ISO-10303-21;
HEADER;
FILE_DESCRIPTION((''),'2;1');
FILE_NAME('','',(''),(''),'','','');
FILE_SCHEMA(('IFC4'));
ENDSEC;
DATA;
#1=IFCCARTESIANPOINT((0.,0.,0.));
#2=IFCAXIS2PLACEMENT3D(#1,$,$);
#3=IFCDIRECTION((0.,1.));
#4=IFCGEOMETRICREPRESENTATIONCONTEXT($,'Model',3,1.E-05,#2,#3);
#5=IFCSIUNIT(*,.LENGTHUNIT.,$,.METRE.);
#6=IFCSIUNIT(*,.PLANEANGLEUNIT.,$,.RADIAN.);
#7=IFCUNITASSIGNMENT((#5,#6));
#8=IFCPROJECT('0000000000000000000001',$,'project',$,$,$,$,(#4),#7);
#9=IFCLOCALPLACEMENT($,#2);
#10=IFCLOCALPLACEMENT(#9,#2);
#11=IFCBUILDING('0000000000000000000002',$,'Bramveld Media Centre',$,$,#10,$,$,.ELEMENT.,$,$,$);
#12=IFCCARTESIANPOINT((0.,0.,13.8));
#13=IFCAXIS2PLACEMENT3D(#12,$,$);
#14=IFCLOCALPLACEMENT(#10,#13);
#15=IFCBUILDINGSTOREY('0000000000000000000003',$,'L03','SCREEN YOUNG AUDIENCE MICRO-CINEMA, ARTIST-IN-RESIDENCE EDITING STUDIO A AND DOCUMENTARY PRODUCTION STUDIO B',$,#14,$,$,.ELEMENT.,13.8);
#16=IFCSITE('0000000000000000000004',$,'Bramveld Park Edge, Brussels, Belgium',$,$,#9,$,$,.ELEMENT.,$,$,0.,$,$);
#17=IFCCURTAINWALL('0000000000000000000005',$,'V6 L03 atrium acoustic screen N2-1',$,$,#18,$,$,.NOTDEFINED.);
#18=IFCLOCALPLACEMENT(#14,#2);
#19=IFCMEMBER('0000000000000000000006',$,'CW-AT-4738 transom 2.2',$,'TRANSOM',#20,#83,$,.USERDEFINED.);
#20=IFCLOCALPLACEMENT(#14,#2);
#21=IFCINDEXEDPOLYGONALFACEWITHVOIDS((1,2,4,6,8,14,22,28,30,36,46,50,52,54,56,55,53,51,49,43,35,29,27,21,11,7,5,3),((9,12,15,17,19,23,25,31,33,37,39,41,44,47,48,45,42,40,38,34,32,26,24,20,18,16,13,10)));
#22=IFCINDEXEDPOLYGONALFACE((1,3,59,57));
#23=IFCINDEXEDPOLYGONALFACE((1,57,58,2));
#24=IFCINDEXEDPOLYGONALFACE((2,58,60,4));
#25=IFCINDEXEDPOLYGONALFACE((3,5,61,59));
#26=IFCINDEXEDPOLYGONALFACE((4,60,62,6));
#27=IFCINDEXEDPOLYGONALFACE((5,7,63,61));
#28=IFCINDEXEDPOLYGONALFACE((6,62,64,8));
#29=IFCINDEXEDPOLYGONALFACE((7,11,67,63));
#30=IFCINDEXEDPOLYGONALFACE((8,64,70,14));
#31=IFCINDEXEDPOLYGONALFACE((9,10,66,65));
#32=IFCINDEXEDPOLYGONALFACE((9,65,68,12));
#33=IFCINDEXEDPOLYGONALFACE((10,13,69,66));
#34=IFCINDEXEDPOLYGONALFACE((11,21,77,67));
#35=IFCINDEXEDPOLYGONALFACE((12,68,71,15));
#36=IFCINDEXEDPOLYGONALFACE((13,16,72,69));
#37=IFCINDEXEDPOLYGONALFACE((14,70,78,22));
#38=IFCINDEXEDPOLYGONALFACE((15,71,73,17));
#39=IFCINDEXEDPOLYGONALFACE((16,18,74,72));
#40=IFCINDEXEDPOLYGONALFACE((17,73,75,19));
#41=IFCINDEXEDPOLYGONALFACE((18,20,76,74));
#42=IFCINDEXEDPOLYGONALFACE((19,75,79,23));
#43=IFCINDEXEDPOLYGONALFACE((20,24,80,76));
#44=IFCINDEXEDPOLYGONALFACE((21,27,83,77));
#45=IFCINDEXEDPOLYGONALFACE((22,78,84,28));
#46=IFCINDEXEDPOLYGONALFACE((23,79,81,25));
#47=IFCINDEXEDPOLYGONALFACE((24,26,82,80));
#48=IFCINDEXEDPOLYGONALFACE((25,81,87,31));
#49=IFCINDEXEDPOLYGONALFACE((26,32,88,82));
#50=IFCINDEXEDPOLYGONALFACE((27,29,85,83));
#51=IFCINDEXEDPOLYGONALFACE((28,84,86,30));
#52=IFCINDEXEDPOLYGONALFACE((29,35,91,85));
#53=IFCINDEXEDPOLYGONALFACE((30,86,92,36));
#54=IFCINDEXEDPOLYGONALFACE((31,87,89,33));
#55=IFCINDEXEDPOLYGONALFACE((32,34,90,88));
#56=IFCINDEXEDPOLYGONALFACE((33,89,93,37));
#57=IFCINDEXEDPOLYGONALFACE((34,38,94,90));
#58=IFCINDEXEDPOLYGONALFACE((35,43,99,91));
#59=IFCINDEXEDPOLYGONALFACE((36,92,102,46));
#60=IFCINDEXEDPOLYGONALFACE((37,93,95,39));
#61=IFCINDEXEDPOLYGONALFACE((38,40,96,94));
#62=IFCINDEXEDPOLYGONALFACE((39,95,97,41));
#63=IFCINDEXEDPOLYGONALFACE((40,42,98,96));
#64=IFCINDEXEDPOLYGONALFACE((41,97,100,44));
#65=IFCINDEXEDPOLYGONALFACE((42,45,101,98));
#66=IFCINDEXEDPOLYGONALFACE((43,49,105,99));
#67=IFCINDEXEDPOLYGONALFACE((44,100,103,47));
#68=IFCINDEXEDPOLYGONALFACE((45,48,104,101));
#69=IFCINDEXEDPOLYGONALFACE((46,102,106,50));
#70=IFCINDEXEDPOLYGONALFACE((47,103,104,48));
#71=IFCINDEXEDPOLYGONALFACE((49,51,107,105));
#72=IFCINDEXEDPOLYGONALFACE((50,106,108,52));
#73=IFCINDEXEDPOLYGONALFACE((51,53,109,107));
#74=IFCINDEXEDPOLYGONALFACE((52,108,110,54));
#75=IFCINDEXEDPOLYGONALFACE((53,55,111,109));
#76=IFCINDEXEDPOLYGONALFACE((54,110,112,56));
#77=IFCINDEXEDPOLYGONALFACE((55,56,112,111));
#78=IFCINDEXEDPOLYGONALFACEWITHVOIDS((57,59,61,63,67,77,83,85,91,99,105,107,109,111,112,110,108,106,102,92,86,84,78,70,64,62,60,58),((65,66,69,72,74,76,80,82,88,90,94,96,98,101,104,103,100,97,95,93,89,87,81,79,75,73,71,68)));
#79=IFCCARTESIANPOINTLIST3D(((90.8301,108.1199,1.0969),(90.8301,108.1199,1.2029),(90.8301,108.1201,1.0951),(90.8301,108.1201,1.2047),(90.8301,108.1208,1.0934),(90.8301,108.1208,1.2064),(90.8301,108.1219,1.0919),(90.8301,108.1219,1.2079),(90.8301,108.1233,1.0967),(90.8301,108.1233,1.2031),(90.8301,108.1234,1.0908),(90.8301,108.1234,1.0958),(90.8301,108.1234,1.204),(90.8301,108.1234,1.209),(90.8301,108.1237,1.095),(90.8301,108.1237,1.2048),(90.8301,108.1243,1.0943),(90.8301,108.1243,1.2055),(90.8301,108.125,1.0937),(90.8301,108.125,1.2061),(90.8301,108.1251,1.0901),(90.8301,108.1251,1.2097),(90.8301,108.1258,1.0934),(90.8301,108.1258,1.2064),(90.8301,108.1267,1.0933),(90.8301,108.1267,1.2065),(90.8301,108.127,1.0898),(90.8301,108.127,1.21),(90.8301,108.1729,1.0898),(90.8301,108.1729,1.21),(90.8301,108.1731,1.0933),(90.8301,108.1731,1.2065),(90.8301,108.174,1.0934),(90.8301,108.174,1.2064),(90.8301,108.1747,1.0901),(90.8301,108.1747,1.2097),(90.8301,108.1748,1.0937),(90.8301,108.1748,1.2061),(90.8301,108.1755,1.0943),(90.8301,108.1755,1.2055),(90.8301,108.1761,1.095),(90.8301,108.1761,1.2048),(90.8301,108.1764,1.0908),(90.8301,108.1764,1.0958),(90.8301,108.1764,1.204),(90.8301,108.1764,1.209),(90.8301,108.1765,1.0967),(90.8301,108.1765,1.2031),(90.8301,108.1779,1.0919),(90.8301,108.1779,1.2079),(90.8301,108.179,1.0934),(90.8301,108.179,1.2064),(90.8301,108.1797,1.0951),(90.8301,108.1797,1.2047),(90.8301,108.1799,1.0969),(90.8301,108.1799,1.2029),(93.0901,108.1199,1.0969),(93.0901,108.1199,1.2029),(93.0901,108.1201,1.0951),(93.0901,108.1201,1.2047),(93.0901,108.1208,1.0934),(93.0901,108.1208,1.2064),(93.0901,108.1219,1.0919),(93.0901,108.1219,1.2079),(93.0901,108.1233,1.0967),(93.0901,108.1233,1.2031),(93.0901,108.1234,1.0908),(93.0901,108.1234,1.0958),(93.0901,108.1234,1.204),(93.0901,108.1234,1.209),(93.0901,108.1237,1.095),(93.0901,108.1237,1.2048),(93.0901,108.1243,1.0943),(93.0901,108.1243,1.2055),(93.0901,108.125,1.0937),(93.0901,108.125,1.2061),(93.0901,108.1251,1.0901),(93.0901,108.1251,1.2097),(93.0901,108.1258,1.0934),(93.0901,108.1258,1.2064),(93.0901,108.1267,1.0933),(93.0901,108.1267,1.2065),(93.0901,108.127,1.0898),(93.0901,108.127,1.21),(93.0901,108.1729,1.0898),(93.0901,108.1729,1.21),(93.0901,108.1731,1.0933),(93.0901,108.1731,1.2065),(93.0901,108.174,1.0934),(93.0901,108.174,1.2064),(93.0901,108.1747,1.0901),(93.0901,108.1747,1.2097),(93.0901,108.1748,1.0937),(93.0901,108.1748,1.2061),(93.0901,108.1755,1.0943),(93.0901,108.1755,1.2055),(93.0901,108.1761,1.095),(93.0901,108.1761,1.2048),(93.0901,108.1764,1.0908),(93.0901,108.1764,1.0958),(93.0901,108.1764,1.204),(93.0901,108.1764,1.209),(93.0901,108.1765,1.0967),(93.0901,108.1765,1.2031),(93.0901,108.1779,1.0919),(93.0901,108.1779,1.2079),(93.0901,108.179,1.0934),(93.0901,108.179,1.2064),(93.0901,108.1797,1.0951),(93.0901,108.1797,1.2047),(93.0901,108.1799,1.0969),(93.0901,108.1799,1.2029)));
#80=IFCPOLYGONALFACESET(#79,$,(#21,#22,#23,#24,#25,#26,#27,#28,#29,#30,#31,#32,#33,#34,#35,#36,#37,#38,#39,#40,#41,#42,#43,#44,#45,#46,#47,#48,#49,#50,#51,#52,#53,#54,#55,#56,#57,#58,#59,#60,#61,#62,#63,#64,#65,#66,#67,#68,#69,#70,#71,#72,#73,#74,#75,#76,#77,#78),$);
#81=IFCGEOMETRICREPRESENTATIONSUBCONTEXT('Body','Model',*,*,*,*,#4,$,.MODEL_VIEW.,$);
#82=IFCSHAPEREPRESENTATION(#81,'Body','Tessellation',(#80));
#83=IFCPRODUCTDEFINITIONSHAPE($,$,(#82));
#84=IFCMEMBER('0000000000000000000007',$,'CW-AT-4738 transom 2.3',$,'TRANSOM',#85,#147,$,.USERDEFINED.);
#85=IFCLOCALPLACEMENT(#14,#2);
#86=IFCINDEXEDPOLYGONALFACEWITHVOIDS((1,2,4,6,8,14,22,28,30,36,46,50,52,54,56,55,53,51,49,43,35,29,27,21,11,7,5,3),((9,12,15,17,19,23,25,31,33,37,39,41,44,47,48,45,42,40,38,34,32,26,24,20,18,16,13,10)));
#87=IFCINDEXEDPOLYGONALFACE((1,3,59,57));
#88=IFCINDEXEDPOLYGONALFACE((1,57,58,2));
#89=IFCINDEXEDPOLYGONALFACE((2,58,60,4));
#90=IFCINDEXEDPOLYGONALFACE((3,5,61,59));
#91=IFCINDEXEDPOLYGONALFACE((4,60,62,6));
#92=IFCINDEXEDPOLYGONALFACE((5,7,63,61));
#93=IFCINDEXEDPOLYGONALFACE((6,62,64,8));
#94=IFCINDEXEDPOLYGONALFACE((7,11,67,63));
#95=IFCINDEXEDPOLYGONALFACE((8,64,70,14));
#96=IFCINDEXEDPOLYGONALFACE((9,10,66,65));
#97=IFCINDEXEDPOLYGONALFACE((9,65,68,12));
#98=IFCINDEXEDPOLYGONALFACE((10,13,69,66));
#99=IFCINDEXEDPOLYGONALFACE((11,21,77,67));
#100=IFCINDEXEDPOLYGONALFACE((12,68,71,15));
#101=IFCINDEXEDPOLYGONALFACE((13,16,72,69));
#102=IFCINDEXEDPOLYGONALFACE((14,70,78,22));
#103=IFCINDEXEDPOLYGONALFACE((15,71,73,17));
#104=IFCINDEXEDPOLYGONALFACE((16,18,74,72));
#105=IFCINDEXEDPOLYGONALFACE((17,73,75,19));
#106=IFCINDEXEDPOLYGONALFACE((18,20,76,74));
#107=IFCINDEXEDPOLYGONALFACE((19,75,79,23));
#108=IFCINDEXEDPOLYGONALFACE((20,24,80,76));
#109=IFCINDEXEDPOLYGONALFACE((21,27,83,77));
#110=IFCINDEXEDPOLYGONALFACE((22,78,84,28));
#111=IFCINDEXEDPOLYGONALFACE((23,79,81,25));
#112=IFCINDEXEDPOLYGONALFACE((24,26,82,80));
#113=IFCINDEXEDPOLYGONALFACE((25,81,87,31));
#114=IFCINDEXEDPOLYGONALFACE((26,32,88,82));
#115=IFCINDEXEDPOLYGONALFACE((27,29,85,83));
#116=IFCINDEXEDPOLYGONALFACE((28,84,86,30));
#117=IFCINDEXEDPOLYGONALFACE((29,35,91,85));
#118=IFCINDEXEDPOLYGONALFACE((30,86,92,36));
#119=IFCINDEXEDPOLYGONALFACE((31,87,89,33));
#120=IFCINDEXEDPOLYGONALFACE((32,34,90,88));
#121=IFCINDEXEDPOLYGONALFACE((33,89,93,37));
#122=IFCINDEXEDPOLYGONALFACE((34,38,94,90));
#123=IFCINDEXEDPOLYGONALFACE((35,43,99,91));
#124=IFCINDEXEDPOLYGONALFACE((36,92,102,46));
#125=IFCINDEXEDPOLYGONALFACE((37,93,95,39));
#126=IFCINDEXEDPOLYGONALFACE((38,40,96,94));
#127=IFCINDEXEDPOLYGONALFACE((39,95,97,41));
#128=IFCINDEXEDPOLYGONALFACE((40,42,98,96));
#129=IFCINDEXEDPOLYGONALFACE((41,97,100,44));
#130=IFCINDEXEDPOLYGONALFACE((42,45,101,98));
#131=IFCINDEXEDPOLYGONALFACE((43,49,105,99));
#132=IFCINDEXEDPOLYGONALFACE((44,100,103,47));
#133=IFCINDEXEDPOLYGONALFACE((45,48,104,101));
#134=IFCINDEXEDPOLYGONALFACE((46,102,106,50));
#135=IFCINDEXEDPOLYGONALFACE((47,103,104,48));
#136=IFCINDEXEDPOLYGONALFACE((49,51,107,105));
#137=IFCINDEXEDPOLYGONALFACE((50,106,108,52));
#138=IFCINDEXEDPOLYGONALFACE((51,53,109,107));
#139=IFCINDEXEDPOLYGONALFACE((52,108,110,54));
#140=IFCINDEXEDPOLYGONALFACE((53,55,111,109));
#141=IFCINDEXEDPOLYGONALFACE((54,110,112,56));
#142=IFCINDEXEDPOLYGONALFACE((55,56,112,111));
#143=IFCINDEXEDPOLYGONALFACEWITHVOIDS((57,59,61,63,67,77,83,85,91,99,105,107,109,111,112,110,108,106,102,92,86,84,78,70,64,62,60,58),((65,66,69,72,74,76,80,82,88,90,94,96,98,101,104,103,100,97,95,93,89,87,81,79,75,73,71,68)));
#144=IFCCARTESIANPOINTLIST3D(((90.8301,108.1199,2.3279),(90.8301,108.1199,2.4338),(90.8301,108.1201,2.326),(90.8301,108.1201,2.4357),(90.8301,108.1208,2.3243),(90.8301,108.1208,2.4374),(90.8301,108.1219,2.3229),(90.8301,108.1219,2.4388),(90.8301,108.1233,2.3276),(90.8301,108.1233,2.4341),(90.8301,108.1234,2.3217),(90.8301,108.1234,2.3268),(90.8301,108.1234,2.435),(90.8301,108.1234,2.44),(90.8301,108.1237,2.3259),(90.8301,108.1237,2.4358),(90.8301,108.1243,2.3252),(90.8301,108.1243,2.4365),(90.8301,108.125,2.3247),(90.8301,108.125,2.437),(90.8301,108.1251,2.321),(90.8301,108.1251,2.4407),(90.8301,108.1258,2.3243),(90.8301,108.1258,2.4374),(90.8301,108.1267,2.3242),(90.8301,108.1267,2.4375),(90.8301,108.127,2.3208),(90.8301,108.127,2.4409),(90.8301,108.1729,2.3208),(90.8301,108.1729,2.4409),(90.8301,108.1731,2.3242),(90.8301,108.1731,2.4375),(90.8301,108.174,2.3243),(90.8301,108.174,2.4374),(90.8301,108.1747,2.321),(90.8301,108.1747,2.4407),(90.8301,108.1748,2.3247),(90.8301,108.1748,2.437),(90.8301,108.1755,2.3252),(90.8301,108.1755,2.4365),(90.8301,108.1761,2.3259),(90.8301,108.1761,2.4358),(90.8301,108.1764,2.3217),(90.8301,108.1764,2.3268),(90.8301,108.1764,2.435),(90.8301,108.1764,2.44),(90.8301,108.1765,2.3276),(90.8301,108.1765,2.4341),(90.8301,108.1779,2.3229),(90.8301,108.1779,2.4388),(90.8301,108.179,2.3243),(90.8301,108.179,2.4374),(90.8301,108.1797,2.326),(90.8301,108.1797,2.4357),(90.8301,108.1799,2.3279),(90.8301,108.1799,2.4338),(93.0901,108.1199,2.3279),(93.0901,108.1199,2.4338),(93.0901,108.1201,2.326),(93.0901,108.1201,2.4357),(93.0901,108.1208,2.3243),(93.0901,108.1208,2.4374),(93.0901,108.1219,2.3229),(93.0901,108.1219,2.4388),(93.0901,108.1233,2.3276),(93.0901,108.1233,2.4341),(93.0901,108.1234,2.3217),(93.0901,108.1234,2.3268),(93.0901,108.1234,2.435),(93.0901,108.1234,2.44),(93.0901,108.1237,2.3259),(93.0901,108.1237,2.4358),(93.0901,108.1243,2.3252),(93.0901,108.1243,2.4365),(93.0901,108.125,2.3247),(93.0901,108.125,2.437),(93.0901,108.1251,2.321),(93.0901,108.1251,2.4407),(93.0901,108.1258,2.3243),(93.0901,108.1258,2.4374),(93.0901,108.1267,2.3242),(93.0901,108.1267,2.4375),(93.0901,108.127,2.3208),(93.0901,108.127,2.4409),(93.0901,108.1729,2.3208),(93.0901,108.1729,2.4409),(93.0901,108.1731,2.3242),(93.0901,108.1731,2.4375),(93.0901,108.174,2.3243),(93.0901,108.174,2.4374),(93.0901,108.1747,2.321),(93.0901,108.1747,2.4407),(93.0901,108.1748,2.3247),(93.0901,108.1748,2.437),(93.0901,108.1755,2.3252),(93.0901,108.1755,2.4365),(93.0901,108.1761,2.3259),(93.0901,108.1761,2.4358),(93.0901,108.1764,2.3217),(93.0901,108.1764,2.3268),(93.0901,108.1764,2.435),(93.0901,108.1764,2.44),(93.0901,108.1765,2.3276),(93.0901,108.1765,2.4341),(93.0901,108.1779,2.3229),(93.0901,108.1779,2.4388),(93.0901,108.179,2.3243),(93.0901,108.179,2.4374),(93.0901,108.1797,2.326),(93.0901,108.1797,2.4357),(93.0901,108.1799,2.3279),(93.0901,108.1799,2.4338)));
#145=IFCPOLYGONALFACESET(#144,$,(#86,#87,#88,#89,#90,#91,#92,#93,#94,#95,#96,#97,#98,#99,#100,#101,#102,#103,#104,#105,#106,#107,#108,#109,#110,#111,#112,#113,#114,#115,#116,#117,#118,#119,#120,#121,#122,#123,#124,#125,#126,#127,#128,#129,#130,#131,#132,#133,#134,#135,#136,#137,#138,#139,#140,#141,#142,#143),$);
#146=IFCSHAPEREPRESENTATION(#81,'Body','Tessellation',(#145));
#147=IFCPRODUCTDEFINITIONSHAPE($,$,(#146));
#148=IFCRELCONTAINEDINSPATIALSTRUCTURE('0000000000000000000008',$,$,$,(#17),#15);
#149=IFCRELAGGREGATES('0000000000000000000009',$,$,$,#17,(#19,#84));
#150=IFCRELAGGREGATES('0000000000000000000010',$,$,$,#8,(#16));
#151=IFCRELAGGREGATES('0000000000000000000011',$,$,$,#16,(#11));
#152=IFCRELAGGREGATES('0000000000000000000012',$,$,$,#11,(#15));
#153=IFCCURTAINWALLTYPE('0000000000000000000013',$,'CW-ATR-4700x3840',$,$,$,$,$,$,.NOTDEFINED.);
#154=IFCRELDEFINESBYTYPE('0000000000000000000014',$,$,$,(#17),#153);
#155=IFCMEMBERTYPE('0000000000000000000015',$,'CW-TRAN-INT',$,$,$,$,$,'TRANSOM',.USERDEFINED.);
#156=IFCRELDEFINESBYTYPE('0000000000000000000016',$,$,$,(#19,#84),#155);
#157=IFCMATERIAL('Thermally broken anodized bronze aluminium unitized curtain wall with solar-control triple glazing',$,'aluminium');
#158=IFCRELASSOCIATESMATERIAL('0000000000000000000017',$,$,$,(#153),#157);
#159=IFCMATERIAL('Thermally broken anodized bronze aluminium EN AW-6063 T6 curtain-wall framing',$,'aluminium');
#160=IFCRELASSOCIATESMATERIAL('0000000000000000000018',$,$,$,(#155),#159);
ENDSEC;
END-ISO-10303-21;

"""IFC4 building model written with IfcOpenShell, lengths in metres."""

from ifc_helpers import new_model, si_unit, direction, frame, origin, origin_2d, place, context, subcontext, project, spatial, hollow_rectangle, extrude, material, material_profile, profile_set, type_object, element, aggregate, save


model = new_model("IFC4")

# Units and contexts
model_context = context("Model", 3, precision=1e-05, world=origin(), true_north=direction((0.0, 1.0)))
body_context = subcontext(model_context, "Body", "Model", "MODEL_VIEW")
ifc_project = project(units=[si_unit("LENGTHUNIT", "METRE"), si_unit("PLANEANGLEUNIT", "RADIAN")], contexts=[model_context])

# Site, building, storey
site_placement = place(None, origin())
site = spatial("IfcSite", under=ifc_project, at=site_placement, Name="Bramveld Park Edge, Brussels, Belgium", CompositionType="ELEMENT", RefElevation=0.0)
building_placement = place(site_placement, origin())
building = spatial("IfcBuilding", under=site, at=building_placement, Name="Bramveld Media Centre", CompositionType="ELEMENT")
storey_placement = place(building_placement, frame((0.0, 0.0, 13.8)))
storey = spatial("IfcBuildingStorey", under=building, at=storey_placement, Name="L03", Description="SCREEN YOUNG AUDIENCE MICRO-CINEMA, ARTIST-IN-RESIDENCE EDITING STUDIO A AND DOCUMENTARY PRODUCTION STUDIO B", CompositionType="ELEMENT", Elevation=13.8)

# Curtain wall, members
ifc_material_1 = material(Name="Thermally broken anodized bronze aluminium unitized curtain wall with solar-control triple glazing", Category="aluminium")
curtain_wall_type = type_object("IfcCurtainWallType", Name="CW-ATR-4700x3840", PredefinedType="NOTDEFINED", material=ifc_material_1)
curtain_wall_placement = place(storey_placement, origin())
curtain_wall = element("IfcCurtainWall", 1, at=curtain_wall_placement, inside=storey, type_object=curtain_wall_type, Name="V6 L03 atrium acoustic screen N2-1", PredefinedType="NOTDEFINED")
ifc_material_2 = material(Name="Thermally broken anodized bronze aluminium EN AW-6063 T6 curtain-wall framing", Category="aluminium")
ifc_material_profile_1 = material_profile(ifc_material_2, hollow_rectangle(XDim=0.0601, YDim=0.1201, WallThickness=0.0034, InnerFilletRadius=0.0034, OuterFilletRadius=0.0071, at=origin_2d()), Name="AL-TRAN 60x120")
ifc_profile_set_1 = profile_set([ifc_material_profile_1], Name="Thermally broken anodized bronze aluminium EN AW-6063 T6 curtain-wall framing")
member_type_1 = type_object("IfcMemberType", Name="CW-TRAN-INT", ElementType="TRANSOM", PredefinedType="USERDEFINED", material=ifc_profile_set_1)
member_1_placement = place(storey_placement, frame((90.8301, 108.1499, 1.1499), z_axis=(1.0, 0.0, 0.0), x_axis=(0.0, 1.0, 0.0)))
member_1 = element("IfcMember", 2, at=member_1_placement, type_object=member_type_1, Name="CW-AT-4738 transom 2.2", ObjectType="TRANSOM", PredefinedType="USERDEFINED", context=body_context, shape_type="SweptSolid", body=[
    extrude(hollow_rectangle(XDim=0.0601, YDim=0.1201, WallThickness=0.0034, InnerFilletRadius=0.0034, OuterFilletRadius=0.0071, at=origin_2d()), origin(), (0.0, 0.0, 1.0), 2.26),
])
member_2_placement = place(storey_placement, frame((90.8301, 108.1499, 2.3809), z_axis=(1.0, 0.0, 0.0), x_axis=(0.0, 1.0, 0.0)))
member_2 = element("IfcMember", 3, at=member_2_placement, type_object=member_type_1, Name="CW-AT-4738 transom 2.3", ObjectType="TRANSOM", PredefinedType="USERDEFINED", context=body_context, shape_type="SweptSolid", body=[
    extrude(hollow_rectangle(XDim=0.0601, YDim=0.1201, WallThickness=0.0034, InnerFilletRadius=0.0034, OuterFilletRadius=0.0071, at=origin_2d()), origin(), (0.0, 0.0, 1.0), 2.26),
])

aggregate(curtain_wall, [member_1, member_2])

save(model, "model.ifc")
